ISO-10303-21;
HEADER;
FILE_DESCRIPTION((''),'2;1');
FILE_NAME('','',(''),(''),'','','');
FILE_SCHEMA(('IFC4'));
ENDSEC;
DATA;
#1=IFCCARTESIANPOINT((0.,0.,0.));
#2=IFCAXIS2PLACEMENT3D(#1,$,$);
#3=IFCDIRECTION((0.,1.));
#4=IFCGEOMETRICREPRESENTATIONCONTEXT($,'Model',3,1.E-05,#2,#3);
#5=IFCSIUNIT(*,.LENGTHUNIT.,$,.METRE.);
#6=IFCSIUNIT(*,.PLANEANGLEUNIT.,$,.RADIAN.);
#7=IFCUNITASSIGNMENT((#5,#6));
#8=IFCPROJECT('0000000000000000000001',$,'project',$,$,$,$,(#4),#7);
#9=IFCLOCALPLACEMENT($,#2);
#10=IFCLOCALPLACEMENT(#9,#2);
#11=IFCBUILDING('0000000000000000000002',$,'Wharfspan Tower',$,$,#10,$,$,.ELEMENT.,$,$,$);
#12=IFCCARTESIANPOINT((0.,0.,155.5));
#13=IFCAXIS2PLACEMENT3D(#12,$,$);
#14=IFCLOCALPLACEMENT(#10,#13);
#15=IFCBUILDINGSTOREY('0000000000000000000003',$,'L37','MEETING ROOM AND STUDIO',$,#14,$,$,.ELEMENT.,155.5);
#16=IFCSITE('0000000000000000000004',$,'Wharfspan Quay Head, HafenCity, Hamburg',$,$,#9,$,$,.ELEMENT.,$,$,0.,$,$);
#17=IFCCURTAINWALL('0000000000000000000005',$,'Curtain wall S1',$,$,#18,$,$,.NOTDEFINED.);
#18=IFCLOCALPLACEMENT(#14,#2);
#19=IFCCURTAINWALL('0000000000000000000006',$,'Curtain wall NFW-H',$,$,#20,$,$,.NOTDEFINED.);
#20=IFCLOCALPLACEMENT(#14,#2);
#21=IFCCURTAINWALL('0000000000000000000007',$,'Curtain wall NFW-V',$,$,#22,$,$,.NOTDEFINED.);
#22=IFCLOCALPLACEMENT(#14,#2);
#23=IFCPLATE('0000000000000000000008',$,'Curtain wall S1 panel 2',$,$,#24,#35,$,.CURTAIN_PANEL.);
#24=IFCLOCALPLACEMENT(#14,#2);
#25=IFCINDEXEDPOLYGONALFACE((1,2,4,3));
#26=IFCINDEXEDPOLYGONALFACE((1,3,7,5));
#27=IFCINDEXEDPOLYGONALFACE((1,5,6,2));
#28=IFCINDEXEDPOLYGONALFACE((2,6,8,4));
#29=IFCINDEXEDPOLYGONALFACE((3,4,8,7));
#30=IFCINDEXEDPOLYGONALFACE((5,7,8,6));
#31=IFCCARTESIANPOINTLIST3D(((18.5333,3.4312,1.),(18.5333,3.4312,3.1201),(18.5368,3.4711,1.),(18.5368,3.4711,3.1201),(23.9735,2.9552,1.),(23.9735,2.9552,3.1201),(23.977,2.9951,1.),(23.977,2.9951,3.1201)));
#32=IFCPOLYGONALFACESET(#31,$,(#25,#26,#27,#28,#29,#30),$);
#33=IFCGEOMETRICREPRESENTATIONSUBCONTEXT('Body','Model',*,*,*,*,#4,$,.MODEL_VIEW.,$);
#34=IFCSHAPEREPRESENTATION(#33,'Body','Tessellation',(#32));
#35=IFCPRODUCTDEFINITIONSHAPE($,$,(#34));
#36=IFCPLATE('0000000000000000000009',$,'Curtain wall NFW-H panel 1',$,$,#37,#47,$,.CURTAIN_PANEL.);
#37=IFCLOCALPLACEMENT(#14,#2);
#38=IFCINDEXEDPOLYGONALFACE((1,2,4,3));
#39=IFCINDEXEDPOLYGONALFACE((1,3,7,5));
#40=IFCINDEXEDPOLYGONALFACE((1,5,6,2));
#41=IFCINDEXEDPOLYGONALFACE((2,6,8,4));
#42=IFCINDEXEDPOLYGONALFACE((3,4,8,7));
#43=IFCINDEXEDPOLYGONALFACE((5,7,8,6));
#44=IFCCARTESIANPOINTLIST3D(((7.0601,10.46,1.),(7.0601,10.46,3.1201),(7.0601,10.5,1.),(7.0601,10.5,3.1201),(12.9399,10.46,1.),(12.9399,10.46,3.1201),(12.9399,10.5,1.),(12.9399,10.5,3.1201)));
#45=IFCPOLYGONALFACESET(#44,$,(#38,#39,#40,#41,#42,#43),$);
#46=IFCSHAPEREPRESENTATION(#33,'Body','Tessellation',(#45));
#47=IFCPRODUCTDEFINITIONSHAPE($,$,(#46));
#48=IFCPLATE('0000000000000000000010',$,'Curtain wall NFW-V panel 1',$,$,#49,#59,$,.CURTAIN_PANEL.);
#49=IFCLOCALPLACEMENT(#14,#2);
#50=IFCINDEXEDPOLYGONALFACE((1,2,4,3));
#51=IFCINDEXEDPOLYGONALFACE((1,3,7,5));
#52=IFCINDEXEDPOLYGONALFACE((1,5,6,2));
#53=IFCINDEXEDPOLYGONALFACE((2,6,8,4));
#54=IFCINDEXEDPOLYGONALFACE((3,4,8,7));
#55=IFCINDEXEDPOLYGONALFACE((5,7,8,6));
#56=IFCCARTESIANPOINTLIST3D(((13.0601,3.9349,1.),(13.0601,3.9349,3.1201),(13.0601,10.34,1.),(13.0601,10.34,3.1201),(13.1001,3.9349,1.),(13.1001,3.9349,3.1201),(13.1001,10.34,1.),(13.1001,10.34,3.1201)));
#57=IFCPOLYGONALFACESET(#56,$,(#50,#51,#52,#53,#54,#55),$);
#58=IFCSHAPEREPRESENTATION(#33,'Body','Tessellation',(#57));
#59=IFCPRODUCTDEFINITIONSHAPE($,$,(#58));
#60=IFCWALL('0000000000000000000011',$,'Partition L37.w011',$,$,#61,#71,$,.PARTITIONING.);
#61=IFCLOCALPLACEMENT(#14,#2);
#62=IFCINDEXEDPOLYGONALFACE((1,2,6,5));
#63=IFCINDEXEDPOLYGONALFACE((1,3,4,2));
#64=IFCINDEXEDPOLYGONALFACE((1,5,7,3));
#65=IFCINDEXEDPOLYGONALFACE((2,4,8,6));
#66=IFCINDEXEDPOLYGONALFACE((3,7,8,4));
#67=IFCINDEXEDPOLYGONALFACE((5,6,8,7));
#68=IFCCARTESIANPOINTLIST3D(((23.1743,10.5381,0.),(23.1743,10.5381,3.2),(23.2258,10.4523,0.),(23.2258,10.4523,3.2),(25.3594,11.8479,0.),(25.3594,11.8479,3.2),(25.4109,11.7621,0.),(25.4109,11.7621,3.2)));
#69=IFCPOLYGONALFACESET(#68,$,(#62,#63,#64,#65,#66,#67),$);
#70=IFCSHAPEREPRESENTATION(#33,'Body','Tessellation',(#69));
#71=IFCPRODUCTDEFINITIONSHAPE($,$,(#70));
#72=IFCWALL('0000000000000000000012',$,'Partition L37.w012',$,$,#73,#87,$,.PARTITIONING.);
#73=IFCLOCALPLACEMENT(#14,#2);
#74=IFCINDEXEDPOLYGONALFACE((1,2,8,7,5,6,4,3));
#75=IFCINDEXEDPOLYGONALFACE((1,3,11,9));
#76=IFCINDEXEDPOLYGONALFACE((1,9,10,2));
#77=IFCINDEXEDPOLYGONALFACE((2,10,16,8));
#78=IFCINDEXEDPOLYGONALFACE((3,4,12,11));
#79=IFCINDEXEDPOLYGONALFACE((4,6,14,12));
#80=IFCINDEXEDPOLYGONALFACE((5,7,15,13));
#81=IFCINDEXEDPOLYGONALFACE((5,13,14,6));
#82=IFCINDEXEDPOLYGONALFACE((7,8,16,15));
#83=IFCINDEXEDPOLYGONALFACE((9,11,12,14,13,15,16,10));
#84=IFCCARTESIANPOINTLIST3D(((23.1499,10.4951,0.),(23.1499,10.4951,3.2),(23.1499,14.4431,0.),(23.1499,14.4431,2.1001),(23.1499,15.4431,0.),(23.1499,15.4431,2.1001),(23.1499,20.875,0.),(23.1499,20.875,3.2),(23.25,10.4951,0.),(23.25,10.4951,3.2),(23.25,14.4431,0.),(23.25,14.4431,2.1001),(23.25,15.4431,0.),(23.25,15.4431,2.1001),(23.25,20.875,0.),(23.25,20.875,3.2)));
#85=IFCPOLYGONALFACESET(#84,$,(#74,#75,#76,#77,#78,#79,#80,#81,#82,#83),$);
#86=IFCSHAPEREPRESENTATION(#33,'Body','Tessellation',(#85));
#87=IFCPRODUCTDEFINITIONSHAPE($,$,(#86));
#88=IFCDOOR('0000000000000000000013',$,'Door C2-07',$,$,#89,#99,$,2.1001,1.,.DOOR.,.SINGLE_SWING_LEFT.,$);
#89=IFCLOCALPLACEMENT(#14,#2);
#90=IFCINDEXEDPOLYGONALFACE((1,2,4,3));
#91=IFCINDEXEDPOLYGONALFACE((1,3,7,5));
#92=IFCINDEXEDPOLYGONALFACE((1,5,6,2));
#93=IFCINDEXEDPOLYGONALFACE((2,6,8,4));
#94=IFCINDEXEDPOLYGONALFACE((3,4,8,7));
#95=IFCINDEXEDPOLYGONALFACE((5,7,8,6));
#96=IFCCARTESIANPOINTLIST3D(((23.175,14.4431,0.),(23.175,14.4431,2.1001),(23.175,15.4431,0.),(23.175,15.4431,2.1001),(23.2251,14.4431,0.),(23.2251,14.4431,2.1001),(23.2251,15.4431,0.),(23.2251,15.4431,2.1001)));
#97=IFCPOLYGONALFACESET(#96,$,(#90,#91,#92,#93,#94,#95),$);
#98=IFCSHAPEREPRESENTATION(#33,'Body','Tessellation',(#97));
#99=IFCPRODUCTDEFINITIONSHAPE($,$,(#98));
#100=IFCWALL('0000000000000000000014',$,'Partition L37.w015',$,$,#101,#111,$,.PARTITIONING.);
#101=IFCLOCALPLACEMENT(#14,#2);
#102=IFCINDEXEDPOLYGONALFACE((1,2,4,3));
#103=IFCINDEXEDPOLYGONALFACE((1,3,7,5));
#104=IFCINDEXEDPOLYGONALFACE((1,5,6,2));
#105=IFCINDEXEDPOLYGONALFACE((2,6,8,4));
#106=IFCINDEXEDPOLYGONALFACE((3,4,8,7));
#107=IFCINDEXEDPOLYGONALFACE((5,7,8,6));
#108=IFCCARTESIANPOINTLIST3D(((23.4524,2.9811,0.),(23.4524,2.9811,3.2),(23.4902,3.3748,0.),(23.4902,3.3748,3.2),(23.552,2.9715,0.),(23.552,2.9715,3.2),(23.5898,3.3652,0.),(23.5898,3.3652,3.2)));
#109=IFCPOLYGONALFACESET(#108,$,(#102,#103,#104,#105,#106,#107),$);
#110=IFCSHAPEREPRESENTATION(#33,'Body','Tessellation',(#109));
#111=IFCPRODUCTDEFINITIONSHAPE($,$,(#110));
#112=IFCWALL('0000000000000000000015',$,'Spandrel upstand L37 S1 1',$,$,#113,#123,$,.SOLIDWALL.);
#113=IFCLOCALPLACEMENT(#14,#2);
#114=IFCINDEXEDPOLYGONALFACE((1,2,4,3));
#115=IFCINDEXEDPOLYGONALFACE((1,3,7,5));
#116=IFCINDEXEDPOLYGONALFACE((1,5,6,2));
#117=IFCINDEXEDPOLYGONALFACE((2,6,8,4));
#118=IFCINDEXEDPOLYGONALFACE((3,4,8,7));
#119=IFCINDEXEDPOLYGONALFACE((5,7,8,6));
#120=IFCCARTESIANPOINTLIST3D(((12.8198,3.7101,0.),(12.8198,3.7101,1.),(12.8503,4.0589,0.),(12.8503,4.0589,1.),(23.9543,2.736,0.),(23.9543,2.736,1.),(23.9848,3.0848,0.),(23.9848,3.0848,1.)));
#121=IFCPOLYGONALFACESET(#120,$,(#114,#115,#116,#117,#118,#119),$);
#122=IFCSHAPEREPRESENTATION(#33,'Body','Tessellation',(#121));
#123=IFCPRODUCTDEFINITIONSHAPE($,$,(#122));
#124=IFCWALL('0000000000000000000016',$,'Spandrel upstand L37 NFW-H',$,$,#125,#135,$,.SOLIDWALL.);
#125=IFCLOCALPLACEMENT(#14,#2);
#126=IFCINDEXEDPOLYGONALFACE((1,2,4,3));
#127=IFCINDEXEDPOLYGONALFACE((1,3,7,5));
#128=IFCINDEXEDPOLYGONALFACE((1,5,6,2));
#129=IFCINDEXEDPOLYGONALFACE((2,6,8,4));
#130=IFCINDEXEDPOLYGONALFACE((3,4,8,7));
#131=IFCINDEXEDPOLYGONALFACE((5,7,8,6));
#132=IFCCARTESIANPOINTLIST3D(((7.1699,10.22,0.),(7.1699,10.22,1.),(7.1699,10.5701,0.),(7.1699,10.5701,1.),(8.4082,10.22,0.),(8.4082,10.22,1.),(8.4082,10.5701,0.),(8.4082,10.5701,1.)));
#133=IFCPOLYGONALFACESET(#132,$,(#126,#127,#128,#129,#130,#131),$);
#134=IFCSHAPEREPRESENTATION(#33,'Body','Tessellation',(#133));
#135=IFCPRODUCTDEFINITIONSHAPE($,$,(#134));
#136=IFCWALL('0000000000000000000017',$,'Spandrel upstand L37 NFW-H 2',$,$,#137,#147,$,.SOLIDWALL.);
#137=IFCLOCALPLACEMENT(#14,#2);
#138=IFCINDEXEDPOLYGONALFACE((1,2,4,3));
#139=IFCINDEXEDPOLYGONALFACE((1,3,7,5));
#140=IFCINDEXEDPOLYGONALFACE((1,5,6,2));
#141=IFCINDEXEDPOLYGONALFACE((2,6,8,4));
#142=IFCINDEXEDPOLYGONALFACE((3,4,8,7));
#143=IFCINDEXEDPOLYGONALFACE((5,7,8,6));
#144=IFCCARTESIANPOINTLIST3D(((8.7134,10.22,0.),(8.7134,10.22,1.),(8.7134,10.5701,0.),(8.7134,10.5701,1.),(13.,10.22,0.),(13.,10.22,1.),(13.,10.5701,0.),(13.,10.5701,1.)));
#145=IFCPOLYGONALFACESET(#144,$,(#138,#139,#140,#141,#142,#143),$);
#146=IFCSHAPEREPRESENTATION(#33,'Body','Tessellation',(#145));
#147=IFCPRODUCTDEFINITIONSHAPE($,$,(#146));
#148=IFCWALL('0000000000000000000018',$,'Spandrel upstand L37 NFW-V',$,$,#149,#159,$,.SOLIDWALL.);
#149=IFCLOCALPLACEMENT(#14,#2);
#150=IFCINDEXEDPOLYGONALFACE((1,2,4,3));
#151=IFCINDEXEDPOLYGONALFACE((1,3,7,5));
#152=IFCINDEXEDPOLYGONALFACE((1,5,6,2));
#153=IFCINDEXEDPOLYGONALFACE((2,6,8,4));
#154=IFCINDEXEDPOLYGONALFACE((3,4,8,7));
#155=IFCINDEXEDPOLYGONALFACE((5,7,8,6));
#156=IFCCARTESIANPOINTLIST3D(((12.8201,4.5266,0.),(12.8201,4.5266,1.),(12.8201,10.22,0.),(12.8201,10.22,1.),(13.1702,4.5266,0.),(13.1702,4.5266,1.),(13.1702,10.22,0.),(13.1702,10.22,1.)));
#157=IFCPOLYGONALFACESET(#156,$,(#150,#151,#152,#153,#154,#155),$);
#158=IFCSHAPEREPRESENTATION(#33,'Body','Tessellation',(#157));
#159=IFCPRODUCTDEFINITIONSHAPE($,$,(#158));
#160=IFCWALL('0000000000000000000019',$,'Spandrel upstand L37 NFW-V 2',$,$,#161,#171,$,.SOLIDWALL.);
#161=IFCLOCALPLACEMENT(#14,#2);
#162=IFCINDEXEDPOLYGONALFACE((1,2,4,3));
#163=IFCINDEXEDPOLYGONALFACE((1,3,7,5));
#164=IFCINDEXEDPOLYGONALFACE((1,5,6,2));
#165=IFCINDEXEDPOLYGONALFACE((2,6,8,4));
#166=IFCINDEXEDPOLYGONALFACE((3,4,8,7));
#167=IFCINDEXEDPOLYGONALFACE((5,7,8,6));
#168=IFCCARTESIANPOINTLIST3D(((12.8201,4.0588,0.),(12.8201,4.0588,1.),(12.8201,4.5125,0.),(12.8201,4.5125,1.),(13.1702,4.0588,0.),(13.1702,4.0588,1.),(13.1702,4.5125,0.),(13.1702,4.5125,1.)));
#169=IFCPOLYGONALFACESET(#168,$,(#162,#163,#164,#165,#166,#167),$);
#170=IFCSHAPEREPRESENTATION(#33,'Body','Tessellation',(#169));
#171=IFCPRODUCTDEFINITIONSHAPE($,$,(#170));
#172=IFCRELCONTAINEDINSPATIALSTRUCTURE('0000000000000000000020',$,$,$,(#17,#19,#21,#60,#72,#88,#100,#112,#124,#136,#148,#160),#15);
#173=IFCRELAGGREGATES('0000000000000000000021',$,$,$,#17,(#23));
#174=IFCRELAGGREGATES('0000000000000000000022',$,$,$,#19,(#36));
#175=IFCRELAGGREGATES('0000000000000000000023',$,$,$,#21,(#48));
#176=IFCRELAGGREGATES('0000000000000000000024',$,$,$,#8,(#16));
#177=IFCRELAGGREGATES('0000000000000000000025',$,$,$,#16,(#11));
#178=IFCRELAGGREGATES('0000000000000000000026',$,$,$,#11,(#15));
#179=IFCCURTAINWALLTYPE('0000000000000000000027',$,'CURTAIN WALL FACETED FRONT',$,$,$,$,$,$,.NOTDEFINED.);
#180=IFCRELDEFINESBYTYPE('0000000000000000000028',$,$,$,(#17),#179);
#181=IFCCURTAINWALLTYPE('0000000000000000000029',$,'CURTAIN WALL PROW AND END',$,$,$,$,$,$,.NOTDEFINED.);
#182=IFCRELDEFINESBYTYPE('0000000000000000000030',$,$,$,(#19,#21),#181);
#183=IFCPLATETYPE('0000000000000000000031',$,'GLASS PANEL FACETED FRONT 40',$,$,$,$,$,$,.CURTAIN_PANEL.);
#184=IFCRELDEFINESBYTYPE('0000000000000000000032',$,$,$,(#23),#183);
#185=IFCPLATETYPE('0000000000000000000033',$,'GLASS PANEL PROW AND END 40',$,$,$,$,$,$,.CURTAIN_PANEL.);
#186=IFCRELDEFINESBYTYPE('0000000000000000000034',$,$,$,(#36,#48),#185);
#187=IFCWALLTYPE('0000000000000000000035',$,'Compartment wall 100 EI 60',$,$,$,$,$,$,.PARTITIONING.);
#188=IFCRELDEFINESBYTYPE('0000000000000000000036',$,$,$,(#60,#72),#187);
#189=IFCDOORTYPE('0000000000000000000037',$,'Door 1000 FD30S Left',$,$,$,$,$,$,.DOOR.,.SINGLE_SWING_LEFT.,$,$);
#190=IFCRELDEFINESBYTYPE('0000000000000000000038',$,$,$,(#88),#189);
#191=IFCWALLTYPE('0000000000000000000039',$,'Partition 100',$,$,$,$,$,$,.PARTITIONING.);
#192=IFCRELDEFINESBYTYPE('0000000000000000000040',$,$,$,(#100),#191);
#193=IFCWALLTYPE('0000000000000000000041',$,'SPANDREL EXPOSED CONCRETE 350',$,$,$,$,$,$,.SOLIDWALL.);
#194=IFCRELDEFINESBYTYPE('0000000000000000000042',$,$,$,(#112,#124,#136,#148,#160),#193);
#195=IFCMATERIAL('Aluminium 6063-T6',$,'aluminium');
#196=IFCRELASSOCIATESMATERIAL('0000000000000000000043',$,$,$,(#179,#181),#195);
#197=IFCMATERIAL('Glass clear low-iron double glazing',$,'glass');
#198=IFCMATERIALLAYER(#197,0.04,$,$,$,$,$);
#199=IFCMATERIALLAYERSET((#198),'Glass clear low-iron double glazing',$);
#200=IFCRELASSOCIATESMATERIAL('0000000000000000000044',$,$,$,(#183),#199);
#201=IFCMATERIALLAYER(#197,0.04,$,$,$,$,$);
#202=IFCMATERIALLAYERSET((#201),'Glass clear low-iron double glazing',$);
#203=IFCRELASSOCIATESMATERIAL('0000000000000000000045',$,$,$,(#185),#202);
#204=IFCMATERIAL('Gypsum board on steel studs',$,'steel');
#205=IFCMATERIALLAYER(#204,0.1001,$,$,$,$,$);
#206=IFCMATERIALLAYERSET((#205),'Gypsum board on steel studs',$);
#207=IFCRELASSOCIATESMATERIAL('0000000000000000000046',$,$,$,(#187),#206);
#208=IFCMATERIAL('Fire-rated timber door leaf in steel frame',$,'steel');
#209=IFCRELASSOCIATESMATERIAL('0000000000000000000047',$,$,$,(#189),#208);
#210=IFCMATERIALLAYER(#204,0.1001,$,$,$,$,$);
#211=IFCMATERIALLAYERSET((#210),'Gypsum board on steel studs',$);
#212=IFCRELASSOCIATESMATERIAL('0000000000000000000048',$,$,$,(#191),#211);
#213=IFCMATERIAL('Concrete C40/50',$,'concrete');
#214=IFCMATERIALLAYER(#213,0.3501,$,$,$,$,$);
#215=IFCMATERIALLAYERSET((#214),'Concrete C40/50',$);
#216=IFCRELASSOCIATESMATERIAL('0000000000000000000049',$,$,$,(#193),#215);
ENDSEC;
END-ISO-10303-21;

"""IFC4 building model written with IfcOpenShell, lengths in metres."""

from ifc_helpers import new_model, si_unit, direction, frame, frame_2d, origin, origin_2d, place, context, subcontext, project, spatial, rectangle, extrude, material, layer, layer_set, type_object, element, fill, aggregate, save


model = new_model("IFC4")

# Units and contexts
model_context = context("Model", 3, precision=1e-05, world=origin(), true_north=direction((0.0, 1.0)))
body_context = subcontext(model_context, "Body", "Model", "MODEL_VIEW")
ifc_project = project(units=[si_unit("LENGTHUNIT", "METRE"), si_unit("PLANEANGLEUNIT", "RADIAN")], contexts=[model_context])

# Site, building, storey
site_placement = place(None, origin())
site = spatial("IfcSite", under=ifc_project, at=site_placement, Name="Wharfspan Quay Head, HafenCity, Hamburg", CompositionType="ELEMENT", RefElevation=0.0)
building_placement = place(site_placement, origin())
building = spatial("IfcBuilding", under=site, at=building_placement, Name="Wharfspan Tower", CompositionType="ELEMENT")
storey_placement = place(building_placement, frame((0.0, 0.0, 155.5)))
storey = spatial("IfcBuildingStorey", under=building, at=storey_placement, Name="L37", Description="MEETING ROOM AND STUDIO", CompositionType="ELEMENT", Elevation=155.5)

# Curtain wall
ifc_material_1 = material(Name="Aluminium 6063-T6", Category="aluminium")
curtain_wall_type_1 = type_object("IfcCurtainWallType", Name="CURTAIN WALL FACETED FRONT", PredefinedType="NOTDEFINED", material=ifc_material_1)
curtain_wall_1_placement = place(storey_placement, origin())
curtain_wall_1 = element("IfcCurtainWall", 1, at=curtain_wall_1_placement, inside=storey, type_object=curtain_wall_type_1, Name="Curtain wall S1", PredefinedType="NOTDEFINED")

# Curtain wall
curtain_wall_type_2 = type_object("IfcCurtainWallType", Name="CURTAIN WALL PROW AND END", PredefinedType="NOTDEFINED", material=ifc_material_1)
curtain_wall_2_placement = place(storey_placement, origin())
curtain_wall_2 = element("IfcCurtainWall", 2, at=curtain_wall_2_placement, inside=storey, type_object=curtain_wall_type_2, Name="Curtain wall NFW-H", PredefinedType="NOTDEFINED")

# Curtain wall
curtain_wall_3_placement = place(storey_placement, origin())
curtain_wall_3 = element("IfcCurtainWall", 3, at=curtain_wall_3_placement, inside=storey, type_object=curtain_wall_type_2, Name="Curtain wall NFW-V", PredefinedType="NOTDEFINED")

# Plates
ifc_material_2 = material(Name="Glass clear low-iron double glazing", Category="glass")
ifc_layer_1 = layer(ifc_material_2, 0.04)
ifc_layer_set_1 = layer_set([ifc_layer_1], Name="Glass clear low-iron double glazing")
plate_type_1 = type_object("IfcPlateType", Name="GLASS PANEL FACETED FRONT 40", PredefinedType="CURTAIN_PANEL", material=ifc_layer_set_1)
plate_1_placement = place(storey_placement, frame((21.2551, 3.2131, 1.0), z_axis=(0.0, 0.0, 1.0), x_axis=(0.996198, -0.087156, 0.0)))
plate_1 = element("IfcPlate", 4, at=plate_1_placement, type_object=plate_type_1, Name="Curtain wall S1 panel 2", PredefinedType="CURTAIN_PANEL", context=body_context, shape_type="SweptSolid", body=[
    extrude(rectangle(XDim=5.4609, YDim=0.04, at=origin_2d()), origin(), (0.0, 0.0, 1.0), 2.1201),
])
aggregate(curtain_wall_1, [plate_1])
ifc_layer_2 = layer(ifc_material_2, 0.04)
ifc_layer_set_2 = layer_set([ifc_layer_2], Name="Glass clear low-iron double glazing")
plate_type_2 = type_object("IfcPlateType", Name="GLASS PANEL PROW AND END 40", PredefinedType="CURTAIN_PANEL", material=ifc_layer_set_2)
plate_2_placement = place(storey_placement, frame((10.0, 10.48, 1.0), z_axis=(0.0, 0.0, 1.0), x_axis=(1.0, 0.0, 0.0)))
plate_2 = element("IfcPlate", 5, at=plate_2_placement, type_object=plate_type_2, Name="Curtain wall NFW-H panel 1", PredefinedType="CURTAIN_PANEL", context=body_context, shape_type="SweptSolid", body=[
    extrude(rectangle(XDim=5.8799, YDim=0.04, at=origin_2d()), origin(), (0.0, 0.0, 1.0), 2.1201),
])
aggregate(curtain_wall_2, [plate_2])
plate_3_placement = place(storey_placement, frame((13.0801, 7.1375, 1.0), z_axis=(0.0, 0.0, 1.0), x_axis=(0.0, -1.0, 0.0)))
plate_3 = element("IfcPlate", 6, at=plate_3_placement, type_object=plate_type_2, Name="Curtain wall NFW-V panel 1", PredefinedType="CURTAIN_PANEL", context=body_context, shape_type="SweptSolid", body=[
    extrude(rectangle(XDim=6.405, YDim=0.04, at=origin_2d()), origin(), (0.0, 0.0, 1.0), 2.1201),
])
aggregate(curtain_wall_3, [plate_3])

# Wall
ifc_material_3 = material(Name="Gypsum board on steel studs", Category="steel")
ifc_layer_3 = layer(ifc_material_3, 0.1001)
ifc_layer_set_3 = layer_set([ifc_layer_3], Name="Gypsum board on steel studs")
wall_type_1 = type_object("IfcWallType", Name="Compartment wall 100 EI 60", PredefinedType="PARTITIONING", material=ifc_layer_set_3)
wall_1_placement = place(storey_placement, frame((23.2, 10.4951, 0.0), z_axis=(0.0, 0.0, 1.0), x_axis=(0.857707, 0.514145, 0.0)))
element("IfcWall", 7, at=wall_1_placement, inside=storey, type_object=wall_type_1, Name="Partition L37.w011", PredefinedType="PARTITIONING", context=body_context, shape_type="SweptSolid", body=[
    extrude(rectangle(XDim=2.5476, YDim=0.1001, at=frame_2d((1.2739, 0.0))), origin(), (0.0, 0.0, 1.0), 3.2),
])

# Wall, opening, door
wall_2_placement = place(storey_placement, frame((23.2, 10.4951, 0.0), z_axis=(0.0, 0.0, 1.0), x_axis=(0.0, 1.0, 0.0)))
wall_2 = element("IfcWall", 8, at=wall_2_placement, inside=storey, type_object=wall_type_1, Name="Partition L37.w012", PredefinedType="PARTITIONING", context=body_context, shape_type="SweptSolid", body=[
    extrude(rectangle(XDim=10.3799, YDim=0.1001, at=frame_2d((5.1899, 0.0))), origin(), (0.0, 0.0, 1.0), 3.2),
])
opening_placement = place(wall_2_placement, frame((3.948, 0.0, 0.0)))
opening = element("IfcOpeningElement", 9, at=opening_placement, cuts=wall_2, PredefinedType="OPENING", context=body_context, shape_type="SweptSolid", body=[
    extrude(rectangle(XDim=1.0, YDim=2.1001, at=frame_2d((0.5, 1.05))), frame((0.0, 0.0601, 0.0), z_axis=(0.0, -1.0, 0.0), x_axis=(1.0, 0.0, 0.0)), (0.0, 0.0, 1.0), 0.1201),
])
ifc_material_4 = material(Name="Fire-rated timber door leaf in steel frame", Category="steel")
door_type = type_object("IfcDoorType", Name="Door 1000 FD30S Left", OperationType="SINGLE_SWING_LEFT", PredefinedType="DOOR", material=ifc_material_4)
door_placement = place(opening_placement, origin())
door = element("IfcDoor", 10, at=door_placement, inside=storey, type_object=door_type, Name="Door C2-07", OperationType="SINGLE_SWING_LEFT", OverallHeight=2.1001, OverallWidth=1.0, PredefinedType="DOOR", context=body_context, shape_type="SweptSolid", body=[
    extrude(rectangle(XDim=1.0, YDim=2.1001, at=frame_2d((0.5, 1.05))), frame((0.0, 0.0249, 0.0), z_axis=(0.0, -1.0, 0.0), x_axis=(1.0, 0.0, 0.0)), (0.0, 0.0, 1.0), 0.05),
])
fill(opening, door)

# Walls
ifc_layer_4 = layer(ifc_material_3, 0.1001)
ifc_layer_set_4 = layer_set([ifc_layer_4], Name="Gypsum board on steel studs")
wall_type_2 = type_object("IfcWallType", Name="Partition 100", PredefinedType="PARTITIONING", material=ifc_layer_set_4)
wall_3_placement = place(storey_placement, frame((23.5022, 2.9763, 0.0), z_axis=(0.0, 0.0, 1.0), x_axis=(0.095654, 0.995419, 0.0)))
element("IfcWall", 11, at=wall_3_placement, inside=storey, type_object=wall_type_2, Name="Partition L37.w015", PredefinedType="PARTITIONING", context=body_context, shape_type="SweptSolid", body=[
    extrude(rectangle(XDim=0.3955, YDim=0.1001, at=frame_2d((0.1978, 0.0))), origin(), (0.0, 0.0, 1.0), 3.2),
])
ifc_material_5 = material(Name="Concrete C40/50", Category="concrete")
ifc_layer_5 = layer(ifc_material_5, 0.3501)
ifc_layer_set_5 = layer_set([ifc_layer_5], Name="Concrete C40/50")
wall_type_3 = type_object("IfcWallType", Name="SPANDREL EXPOSED CONCRETE 350", PredefinedType="SOLIDWALL", material=ifc_layer_set_5)
wall_4_placement = place(storey_placement, frame((12.8352, 3.8845, 0.0), z_axis=(0.0, 0.0, 1.0), x_axis=(0.996199, -0.087154, 0.0)))
element("IfcWall", 12, at=wall_4_placement, inside=storey, type_object=wall_type_3, Name="Spandrel upstand L37 S1 1", PredefinedType="SOLIDWALL", context=body_context, shape_type="SweptSolid", body=[
    extrude(rectangle(XDim=11.177, YDim=0.3501, at=frame_2d((5.5884, 0.0))), origin(), (0.0, 0.0, 1.0), 1.0),
])
wall_5_placement = place(storey_placement, frame((7.1699, 10.395, 0.0), z_axis=(0.0, 0.0, 1.0), x_axis=(1.0, 0.0, 0.0)))
element("IfcWall", 13, at=wall_5_placement, inside=storey, type_object=wall_type_3, Name="Spandrel upstand L37 NFW-H", PredefinedType="SOLIDWALL", context=body_context, shape_type="SweptSolid", body=[
    extrude(rectangle(XDim=1.2383, YDim=0.3501, at=frame_2d((0.6191, 0.0))), origin(), (0.0, 0.0, 1.0), 1.0),
])
wall_6_placement = place(storey_placement, frame((8.7134, 10.395, 0.0), z_axis=(0.0, 0.0, 1.0), x_axis=(1.0, 0.0, 0.0)))
element("IfcWall", 14, at=wall_6_placement, inside=storey, type_object=wall_type_3, Name="Spandrel upstand L37 NFW-H 2", PredefinedType="SOLIDWALL", context=body_context, shape_type="SweptSolid", body=[
    extrude(rectangle(XDim=4.2866, YDim=0.3501, at=frame_2d((2.1433, 0.0))), origin(), (0.0, 0.0, 1.0), 1.0),
])
wall_7_placement = place(storey_placement, frame((12.9951, 10.22, 0.0), z_axis=(0.0, 0.0, 1.0), x_axis=(0.0, -1.0, 0.0)))
element("IfcWall", 15, at=wall_7_placement, inside=storey, type_object=wall_type_3, Name="Spandrel upstand L37 NFW-V", PredefinedType="SOLIDWALL", context=body_context, shape_type="SweptSolid", body=[
    extrude(rectangle(XDim=5.6934, YDim=0.3501, at=frame_2d((2.8467, 0.0))), origin(), (0.0, 0.0, 1.0), 1.0),
])
wall_8_placement = place(storey_placement, frame((12.9951, 4.5125, 0.0), z_axis=(0.0, 0.0, 1.0), x_axis=(0.0, -1.0, 0.0)))
element("IfcWall", 16, at=wall_8_placement, inside=storey, type_object=wall_type_3, Name="Spandrel upstand L37 NFW-V 2", PredefinedType="SOLIDWALL", context=body_context, shape_type="SweptSolid", body=[
    extrude(rectangle(XDim=0.4536, YDim=0.3501, at=frame_2d((0.2268, 0.0))), origin(), (0.0, 0.0, 1.0), 1.0),
])

save(model, "model.ifc")
